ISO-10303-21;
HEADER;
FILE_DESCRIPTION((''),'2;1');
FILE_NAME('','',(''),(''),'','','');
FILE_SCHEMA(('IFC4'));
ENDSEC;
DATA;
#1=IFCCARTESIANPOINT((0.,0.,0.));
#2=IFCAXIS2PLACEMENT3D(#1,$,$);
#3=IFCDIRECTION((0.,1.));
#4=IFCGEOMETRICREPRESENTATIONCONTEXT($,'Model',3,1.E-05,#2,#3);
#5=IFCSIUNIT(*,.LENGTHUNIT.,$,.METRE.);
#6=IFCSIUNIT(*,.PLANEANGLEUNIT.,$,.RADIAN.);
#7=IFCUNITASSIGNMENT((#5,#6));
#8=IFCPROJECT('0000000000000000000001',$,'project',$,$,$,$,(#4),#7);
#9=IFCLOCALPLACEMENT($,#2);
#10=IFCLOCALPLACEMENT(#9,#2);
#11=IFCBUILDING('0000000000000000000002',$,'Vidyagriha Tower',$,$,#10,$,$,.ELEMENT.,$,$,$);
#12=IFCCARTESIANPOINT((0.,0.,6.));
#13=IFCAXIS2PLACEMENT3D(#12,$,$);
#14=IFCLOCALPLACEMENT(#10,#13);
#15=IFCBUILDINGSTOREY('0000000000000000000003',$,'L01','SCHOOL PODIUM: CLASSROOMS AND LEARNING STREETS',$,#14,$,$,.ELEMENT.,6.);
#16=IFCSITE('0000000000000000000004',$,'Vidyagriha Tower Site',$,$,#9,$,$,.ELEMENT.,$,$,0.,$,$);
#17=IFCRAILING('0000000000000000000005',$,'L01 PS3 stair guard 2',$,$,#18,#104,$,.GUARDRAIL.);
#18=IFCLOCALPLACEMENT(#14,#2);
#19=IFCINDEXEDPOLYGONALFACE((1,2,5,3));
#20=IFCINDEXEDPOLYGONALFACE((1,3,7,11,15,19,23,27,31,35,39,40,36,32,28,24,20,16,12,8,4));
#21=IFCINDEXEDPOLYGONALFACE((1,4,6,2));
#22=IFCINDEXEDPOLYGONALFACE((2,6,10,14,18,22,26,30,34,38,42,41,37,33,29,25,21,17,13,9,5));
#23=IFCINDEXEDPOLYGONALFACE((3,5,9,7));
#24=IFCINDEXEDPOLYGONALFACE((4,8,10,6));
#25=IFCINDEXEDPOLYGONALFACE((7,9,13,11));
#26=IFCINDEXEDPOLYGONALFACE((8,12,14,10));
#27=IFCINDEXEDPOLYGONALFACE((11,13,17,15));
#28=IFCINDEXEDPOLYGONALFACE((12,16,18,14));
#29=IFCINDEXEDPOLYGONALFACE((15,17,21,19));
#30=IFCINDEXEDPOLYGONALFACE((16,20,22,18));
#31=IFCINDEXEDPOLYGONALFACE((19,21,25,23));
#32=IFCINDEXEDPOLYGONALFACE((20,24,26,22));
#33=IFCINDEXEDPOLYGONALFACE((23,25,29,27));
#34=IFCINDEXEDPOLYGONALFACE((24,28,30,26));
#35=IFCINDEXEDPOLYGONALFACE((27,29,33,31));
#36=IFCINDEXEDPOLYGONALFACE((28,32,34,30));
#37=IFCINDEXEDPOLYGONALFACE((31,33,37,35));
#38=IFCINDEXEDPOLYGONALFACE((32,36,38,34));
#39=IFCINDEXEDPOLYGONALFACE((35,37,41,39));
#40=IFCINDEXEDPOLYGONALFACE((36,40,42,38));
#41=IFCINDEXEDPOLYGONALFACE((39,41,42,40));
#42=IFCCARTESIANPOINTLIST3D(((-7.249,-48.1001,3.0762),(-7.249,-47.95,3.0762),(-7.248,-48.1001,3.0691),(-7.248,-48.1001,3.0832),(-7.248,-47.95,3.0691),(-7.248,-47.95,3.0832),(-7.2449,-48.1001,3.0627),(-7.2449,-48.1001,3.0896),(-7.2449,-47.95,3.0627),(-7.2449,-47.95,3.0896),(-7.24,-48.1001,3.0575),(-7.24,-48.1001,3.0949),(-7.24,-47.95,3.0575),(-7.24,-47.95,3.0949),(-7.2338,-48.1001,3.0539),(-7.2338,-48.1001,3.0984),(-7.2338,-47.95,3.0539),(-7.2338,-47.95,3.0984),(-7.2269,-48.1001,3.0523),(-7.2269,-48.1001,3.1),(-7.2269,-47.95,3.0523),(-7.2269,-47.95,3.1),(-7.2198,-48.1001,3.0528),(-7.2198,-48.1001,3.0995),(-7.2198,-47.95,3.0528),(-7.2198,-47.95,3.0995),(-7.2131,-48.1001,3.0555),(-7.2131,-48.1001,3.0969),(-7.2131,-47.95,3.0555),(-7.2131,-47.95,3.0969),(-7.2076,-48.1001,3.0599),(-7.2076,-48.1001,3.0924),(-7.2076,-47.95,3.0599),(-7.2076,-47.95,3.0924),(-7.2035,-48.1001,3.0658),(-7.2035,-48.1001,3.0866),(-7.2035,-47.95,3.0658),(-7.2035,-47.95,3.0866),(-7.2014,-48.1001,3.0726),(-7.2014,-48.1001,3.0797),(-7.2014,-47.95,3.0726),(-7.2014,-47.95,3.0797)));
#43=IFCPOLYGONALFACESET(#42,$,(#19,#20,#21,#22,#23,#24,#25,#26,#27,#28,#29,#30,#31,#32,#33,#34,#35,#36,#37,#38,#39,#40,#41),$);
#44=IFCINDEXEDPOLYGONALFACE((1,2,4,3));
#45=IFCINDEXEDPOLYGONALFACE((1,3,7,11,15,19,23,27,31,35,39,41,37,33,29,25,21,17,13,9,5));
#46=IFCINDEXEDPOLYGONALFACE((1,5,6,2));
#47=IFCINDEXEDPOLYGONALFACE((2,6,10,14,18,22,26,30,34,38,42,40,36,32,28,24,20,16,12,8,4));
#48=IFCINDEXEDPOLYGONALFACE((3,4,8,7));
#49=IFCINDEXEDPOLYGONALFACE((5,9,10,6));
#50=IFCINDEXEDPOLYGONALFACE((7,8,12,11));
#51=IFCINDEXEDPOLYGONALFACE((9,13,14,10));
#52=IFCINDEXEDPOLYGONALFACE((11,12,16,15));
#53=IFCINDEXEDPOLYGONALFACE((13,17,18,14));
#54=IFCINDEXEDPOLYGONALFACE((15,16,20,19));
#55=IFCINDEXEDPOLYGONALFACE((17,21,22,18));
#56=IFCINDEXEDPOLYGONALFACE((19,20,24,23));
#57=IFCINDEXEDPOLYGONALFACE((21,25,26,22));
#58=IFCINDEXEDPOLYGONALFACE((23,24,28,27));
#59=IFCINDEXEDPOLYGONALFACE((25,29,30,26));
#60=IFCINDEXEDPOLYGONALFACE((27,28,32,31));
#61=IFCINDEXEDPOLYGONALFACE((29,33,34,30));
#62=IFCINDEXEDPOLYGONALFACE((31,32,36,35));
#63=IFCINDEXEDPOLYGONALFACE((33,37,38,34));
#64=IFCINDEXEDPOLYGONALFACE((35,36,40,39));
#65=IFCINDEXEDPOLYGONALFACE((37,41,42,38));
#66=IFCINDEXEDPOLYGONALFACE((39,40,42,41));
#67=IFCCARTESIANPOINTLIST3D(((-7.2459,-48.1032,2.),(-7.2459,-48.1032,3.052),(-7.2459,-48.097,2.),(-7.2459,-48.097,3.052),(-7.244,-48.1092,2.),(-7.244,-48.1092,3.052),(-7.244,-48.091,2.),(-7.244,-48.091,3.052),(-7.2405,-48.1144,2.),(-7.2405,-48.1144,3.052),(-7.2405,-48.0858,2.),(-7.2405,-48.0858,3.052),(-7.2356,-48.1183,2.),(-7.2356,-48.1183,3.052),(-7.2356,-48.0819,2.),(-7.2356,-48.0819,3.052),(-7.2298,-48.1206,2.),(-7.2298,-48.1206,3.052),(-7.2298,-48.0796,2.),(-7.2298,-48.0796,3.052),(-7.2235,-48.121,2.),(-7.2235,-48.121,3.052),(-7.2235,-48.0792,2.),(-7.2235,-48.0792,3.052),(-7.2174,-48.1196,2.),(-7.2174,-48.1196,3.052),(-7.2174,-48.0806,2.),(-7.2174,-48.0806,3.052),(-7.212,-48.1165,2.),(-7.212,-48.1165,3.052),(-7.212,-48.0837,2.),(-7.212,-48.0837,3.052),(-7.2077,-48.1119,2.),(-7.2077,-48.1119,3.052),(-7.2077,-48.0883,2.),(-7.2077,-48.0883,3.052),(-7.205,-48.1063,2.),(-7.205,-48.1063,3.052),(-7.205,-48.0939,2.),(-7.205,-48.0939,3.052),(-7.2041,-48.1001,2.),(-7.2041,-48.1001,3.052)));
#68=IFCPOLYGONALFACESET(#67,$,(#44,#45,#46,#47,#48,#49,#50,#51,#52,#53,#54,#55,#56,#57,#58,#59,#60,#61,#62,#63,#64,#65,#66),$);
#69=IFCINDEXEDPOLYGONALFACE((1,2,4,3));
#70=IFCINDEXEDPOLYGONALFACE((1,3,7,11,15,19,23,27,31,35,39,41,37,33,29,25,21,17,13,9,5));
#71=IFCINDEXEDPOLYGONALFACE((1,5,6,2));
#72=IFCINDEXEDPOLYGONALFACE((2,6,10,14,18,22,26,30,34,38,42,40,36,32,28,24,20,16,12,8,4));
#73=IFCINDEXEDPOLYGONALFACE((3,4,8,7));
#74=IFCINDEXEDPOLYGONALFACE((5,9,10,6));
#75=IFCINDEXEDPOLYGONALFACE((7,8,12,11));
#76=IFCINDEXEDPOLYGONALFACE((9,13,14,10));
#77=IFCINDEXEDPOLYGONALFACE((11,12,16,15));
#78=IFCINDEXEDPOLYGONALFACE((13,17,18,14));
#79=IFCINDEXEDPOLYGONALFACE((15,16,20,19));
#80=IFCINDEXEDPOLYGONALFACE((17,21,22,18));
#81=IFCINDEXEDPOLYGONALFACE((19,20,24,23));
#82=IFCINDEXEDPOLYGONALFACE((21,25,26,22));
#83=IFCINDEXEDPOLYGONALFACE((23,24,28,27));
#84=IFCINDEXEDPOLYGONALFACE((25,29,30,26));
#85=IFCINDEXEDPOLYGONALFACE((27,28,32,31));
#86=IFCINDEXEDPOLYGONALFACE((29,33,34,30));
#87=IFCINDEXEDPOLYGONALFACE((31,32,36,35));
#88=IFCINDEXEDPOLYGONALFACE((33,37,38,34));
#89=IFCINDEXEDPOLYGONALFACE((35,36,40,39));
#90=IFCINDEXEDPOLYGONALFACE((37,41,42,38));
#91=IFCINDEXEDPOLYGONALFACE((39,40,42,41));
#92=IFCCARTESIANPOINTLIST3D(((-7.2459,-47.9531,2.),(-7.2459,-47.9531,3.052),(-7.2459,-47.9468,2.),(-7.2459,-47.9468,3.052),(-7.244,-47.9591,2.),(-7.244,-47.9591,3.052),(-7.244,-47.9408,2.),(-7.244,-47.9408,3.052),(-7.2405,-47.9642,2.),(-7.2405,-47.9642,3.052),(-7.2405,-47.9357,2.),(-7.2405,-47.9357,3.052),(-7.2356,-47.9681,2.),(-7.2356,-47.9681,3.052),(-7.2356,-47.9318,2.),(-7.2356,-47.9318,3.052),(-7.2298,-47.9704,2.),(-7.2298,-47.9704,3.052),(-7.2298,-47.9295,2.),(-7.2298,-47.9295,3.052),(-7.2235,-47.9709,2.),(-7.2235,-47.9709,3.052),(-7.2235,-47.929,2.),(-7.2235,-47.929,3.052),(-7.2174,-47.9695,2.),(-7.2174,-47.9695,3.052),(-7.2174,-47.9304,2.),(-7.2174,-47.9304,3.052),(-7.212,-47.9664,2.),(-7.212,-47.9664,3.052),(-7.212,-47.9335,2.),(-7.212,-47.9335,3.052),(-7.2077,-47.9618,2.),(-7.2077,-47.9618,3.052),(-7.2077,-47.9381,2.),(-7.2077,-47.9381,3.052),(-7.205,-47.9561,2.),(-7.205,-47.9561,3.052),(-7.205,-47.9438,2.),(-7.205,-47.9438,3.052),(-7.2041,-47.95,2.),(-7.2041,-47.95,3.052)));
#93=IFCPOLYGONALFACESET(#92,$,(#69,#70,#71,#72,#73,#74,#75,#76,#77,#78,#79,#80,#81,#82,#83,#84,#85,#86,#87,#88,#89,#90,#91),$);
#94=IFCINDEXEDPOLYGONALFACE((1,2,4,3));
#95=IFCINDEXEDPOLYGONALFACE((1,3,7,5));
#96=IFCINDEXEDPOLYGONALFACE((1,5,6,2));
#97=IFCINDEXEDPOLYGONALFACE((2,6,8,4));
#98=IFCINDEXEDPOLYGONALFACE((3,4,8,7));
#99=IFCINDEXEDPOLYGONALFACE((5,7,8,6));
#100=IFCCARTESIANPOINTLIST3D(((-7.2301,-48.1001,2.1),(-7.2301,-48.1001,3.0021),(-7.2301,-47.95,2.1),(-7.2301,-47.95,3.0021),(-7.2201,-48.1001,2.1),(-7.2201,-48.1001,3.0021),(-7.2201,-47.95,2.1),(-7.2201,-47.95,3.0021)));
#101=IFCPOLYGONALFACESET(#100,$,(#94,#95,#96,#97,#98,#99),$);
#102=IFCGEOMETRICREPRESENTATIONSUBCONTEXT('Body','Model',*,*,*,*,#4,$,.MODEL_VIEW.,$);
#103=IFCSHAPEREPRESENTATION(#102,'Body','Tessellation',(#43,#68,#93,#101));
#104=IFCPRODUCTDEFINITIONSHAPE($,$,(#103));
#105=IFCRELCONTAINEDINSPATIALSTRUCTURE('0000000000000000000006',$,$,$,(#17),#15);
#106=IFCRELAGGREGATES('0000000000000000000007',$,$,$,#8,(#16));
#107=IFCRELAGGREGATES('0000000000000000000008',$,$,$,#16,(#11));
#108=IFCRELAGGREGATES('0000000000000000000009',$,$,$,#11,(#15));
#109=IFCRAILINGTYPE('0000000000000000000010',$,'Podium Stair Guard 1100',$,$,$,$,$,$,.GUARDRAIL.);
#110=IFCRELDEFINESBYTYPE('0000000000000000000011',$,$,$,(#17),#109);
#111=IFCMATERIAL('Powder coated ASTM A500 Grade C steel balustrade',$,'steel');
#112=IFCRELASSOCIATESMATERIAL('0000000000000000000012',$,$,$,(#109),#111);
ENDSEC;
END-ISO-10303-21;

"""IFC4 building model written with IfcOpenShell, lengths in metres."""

from ifc_helpers import new_model, si_unit, direction, frame, origin, origin_2d, place, context, subcontext, project, spatial, rectangle, circle, extrude, material, type_object, element, save


model = new_model("IFC4")

# Units and contexts
model_context = context("Model", 3, precision=1e-05, world=origin(), true_north=direction((0.0, 1.0)))
body_context = subcontext(model_context, "Body", "Model", "MODEL_VIEW")
ifc_project = project(units=[si_unit("LENGTHUNIT", "METRE"), si_unit("PLANEANGLEUNIT", "RADIAN")], contexts=[model_context])

# Site, building, storey
site_placement = place(None, origin())
site = spatial("IfcSite", under=ifc_project, at=site_placement, Name="Vidyagriha Tower Site", CompositionType="ELEMENT", RefElevation=0.0)
building_placement = place(site_placement, origin())
building = spatial("IfcBuilding", under=site, at=building_placement, Name="Vidyagriha Tower", CompositionType="ELEMENT")
storey_placement = place(building_placement, frame((0.0, 0.0, 6.0)))
storey = spatial("IfcBuildingStorey", under=building, at=storey_placement, Name="L01", Description="SCHOOL PODIUM: CLASSROOMS AND LEARNING STREETS", CompositionType="ELEMENT", Elevation=6.0)

# Railing
ifc_material_1 = material(Name="Powder coated ASTM A500 Grade C steel balustrade", Category="steel")
railing_type_1 = type_object("IfcRailingType", Name="Podium Stair Guard 1100", PredefinedType="GUARDRAIL", material=ifc_material_1)
railing_1_placement = place(storey_placement, frame((-7.2251, -48.1001, 2.0)))
element("IfcRailing", 1, at=railing_1_placement, inside=storey, type_object=railing_type_1, Name="L01 PS3 stair guard 2", PredefinedType="GUARDRAIL", context=body_context, shape_type="SweptSolid", body=[
    extrude(circle(Radius=0.0239, at=origin_2d()), frame((0.0, 0.0, 1.0762), z_axis=(0.0, 1.0, 0.0), x_axis=(-1.0, 0.0, 0.0)), (0.0, 0.0, 1.0), 0.1501),
    extrude(circle(Radius=0.021, at=origin_2d()), origin(), (0.0, 0.0, 1.0), 1.052),
    extrude(circle(Radius=0.021, at=origin_2d()), frame((0.0, 0.1501, 0.0)), (0.0, 0.0, 1.0), 1.052),
    extrude(rectangle(XDim=0.01, YDim=0.9021, at=origin_2d()), frame((0.0, 0.0, 0.551), z_axis=(0.0, 1.0, 0.0), x_axis=(-1.0, 0.0, 0.0)), (0.0, 0.0, 1.0), 0.1501),
])

save(model, "model.ifc")
